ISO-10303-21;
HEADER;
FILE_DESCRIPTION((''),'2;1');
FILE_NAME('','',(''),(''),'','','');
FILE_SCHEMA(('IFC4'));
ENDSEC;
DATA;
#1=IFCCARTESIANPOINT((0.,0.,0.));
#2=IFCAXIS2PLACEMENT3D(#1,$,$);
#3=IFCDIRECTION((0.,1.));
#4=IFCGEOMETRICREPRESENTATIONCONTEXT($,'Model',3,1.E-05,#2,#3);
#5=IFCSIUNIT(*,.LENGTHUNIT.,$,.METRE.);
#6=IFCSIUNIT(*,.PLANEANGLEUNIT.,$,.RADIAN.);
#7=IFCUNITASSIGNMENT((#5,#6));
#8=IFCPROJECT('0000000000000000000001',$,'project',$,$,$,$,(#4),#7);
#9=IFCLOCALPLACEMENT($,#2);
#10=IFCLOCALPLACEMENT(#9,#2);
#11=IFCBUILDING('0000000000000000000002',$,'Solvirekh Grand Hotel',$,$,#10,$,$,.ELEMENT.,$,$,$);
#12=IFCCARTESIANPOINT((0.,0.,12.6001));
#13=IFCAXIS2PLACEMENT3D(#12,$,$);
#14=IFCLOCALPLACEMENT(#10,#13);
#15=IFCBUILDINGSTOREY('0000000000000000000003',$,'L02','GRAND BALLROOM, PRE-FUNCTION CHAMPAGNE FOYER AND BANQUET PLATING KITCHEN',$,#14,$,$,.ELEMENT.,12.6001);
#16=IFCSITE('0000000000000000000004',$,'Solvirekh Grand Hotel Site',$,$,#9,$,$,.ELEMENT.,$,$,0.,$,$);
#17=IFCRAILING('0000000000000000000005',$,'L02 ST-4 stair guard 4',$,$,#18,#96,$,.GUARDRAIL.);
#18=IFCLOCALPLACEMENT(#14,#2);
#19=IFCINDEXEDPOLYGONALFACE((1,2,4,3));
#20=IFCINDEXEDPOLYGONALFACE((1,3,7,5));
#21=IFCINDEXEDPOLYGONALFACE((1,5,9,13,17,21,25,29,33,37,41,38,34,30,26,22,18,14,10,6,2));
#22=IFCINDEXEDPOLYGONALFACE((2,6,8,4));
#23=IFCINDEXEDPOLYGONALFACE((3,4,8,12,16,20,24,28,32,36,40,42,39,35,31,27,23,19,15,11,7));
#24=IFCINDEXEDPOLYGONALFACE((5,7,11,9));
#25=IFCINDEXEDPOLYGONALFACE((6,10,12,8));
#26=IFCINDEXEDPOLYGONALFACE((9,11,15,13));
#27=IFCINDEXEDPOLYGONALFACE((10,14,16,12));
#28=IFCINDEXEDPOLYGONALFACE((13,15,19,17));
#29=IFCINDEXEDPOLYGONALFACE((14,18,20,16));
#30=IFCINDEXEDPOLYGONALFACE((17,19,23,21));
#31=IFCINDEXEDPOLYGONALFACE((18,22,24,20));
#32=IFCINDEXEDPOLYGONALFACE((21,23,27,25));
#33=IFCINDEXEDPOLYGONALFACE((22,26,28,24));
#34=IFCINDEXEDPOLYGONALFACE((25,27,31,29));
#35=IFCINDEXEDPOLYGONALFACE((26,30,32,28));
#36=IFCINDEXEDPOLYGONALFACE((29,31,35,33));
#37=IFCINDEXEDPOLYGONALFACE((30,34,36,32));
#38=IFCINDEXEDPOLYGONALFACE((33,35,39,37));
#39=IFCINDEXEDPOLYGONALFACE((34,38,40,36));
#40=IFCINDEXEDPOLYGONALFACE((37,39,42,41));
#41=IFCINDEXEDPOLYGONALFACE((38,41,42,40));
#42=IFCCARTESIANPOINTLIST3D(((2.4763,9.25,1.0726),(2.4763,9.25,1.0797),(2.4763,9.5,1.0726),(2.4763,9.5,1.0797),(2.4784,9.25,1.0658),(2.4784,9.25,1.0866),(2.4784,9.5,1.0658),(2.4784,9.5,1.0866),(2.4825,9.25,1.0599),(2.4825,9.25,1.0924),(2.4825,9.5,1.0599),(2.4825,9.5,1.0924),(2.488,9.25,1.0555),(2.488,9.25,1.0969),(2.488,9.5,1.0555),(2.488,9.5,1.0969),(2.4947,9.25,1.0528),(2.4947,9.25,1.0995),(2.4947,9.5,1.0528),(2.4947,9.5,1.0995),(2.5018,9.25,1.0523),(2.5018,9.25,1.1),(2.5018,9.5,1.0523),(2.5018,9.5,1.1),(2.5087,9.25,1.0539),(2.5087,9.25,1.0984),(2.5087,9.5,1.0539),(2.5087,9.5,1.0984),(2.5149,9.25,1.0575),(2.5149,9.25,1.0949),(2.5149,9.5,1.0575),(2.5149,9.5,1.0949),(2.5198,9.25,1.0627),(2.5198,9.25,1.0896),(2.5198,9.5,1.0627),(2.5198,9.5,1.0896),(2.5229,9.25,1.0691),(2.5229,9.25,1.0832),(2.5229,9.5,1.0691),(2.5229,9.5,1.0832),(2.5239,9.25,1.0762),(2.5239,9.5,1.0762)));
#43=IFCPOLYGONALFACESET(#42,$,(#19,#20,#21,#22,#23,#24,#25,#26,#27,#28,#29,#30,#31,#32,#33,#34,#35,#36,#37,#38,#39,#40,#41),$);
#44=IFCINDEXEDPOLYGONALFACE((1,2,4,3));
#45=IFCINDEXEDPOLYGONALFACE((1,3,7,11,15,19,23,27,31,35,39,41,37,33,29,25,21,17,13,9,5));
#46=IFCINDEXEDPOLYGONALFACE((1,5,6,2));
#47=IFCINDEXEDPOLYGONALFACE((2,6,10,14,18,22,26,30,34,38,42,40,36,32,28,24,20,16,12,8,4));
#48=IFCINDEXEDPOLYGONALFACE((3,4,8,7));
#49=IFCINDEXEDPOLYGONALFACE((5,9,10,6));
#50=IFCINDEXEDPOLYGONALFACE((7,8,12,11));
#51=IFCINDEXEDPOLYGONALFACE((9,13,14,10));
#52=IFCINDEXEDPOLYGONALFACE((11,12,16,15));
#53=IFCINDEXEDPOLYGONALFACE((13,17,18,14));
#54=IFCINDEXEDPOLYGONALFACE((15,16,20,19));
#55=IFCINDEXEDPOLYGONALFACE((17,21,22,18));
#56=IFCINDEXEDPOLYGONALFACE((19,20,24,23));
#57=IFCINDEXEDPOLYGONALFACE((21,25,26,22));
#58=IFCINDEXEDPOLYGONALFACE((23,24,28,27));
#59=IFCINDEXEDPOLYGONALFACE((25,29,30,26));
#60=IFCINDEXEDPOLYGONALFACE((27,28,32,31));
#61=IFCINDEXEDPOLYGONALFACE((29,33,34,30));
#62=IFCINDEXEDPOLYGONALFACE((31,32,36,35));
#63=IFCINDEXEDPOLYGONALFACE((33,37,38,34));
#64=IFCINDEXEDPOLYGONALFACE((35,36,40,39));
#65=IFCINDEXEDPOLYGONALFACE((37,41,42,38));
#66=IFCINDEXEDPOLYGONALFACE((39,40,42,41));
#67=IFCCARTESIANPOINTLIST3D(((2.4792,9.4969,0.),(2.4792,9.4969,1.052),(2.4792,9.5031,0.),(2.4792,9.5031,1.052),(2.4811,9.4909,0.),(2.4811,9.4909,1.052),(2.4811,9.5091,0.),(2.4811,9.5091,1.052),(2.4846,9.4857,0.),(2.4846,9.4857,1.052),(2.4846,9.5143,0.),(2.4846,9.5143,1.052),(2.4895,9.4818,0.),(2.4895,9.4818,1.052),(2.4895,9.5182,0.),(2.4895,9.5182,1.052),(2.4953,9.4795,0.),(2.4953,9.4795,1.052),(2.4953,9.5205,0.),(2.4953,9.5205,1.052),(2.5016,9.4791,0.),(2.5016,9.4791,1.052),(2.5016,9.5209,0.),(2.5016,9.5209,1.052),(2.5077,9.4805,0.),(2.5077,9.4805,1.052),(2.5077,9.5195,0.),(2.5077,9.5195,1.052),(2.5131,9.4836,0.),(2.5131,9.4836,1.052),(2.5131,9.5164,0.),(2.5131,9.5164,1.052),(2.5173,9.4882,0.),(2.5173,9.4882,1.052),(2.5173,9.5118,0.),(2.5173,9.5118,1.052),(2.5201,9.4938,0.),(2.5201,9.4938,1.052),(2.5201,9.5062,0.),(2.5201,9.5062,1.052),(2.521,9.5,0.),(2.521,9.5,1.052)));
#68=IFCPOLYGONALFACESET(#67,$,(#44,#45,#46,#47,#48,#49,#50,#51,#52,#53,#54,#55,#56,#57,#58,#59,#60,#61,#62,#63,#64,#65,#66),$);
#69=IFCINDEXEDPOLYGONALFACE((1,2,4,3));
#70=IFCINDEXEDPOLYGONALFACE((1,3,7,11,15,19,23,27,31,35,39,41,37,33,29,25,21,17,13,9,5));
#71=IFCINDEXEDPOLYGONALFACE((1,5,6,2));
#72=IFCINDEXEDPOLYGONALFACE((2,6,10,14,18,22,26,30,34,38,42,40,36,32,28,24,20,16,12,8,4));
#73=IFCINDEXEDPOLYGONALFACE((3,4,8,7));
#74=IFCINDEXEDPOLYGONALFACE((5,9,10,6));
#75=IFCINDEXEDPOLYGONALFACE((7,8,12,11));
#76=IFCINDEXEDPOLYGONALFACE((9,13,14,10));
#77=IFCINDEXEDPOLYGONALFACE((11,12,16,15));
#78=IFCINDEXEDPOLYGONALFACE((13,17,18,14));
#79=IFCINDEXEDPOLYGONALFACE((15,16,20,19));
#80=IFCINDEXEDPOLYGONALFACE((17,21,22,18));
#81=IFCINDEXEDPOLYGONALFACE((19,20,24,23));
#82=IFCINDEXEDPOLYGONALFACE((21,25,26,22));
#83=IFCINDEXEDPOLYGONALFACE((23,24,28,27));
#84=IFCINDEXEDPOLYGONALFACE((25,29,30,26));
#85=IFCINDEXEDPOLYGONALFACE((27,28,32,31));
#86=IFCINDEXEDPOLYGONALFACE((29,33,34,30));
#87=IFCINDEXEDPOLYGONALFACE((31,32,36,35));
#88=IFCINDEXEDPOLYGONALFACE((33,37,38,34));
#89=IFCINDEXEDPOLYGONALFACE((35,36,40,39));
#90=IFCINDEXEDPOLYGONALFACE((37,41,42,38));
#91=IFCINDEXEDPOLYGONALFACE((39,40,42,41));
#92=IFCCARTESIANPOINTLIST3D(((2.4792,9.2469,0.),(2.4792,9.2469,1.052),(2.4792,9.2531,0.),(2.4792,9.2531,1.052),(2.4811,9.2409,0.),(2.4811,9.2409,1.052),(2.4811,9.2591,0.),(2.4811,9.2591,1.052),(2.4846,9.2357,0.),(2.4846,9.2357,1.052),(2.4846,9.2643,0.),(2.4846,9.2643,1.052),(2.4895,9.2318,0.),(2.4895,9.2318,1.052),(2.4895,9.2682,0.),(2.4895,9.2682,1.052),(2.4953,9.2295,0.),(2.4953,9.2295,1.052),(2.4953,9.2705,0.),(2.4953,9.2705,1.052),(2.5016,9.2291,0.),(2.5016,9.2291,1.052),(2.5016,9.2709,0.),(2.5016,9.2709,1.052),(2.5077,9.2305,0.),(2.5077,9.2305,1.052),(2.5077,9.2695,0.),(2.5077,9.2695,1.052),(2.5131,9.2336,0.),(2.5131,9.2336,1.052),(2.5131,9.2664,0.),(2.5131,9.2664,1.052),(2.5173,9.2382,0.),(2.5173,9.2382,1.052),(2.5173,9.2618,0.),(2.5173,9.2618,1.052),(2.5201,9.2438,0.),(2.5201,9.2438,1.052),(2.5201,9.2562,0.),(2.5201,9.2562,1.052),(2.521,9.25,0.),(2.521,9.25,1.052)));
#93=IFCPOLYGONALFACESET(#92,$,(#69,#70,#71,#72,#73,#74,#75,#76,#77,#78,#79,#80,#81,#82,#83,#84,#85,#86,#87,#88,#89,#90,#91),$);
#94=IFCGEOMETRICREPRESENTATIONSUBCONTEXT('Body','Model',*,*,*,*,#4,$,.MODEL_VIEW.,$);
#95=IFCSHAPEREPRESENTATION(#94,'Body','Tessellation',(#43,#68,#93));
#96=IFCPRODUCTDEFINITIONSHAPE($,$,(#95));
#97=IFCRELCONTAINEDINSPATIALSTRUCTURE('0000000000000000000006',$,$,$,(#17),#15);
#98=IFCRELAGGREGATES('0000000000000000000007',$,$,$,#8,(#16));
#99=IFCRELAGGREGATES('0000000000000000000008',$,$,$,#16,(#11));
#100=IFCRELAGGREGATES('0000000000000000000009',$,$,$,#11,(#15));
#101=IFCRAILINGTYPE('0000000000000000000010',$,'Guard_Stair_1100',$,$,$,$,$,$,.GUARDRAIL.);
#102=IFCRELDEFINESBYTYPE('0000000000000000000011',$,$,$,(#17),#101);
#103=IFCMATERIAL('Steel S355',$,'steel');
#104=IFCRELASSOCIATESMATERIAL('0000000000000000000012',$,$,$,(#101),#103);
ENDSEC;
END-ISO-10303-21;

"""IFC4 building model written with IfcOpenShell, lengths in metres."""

from ifc_helpers import new_model, si_unit, direction, frame, origin, origin_2d, place, context, subcontext, project, spatial, circle, extrude, material, type_object, element, save


model = new_model("IFC4")

# Units and contexts
model_context = context("Model", 3, precision=1e-05, world=origin(), true_north=direction((0.0, 1.0)))
body_context = subcontext(model_context, "Body", "Model", "MODEL_VIEW")
ifc_project = project(units=[si_unit("LENGTHUNIT", "METRE"), si_unit("PLANEANGLEUNIT", "RADIAN")], contexts=[model_context])

# Site, building, storey
site_placement = place(None, origin())
site = spatial("IfcSite", under=ifc_project, at=site_placement, Name="Solvirekh Grand Hotel Site", CompositionType="ELEMENT", RefElevation=0.0)
building_placement = place(site_placement, origin())
building = spatial("IfcBuilding", under=site, at=building_placement, Name="Solvirekh Grand Hotel", CompositionType="ELEMENT")
storey_placement = place(building_placement, frame((0.0, 0.0, 12.6001)))
storey = spatial("IfcBuildingStorey", under=building, at=storey_placement, Name="L02", Description="GRAND BALLROOM, PRE-FUNCTION CHAMPAGNE FOYER AND BANQUET PLATING KITCHEN", CompositionType="ELEMENT", Elevation=12.6001)

# Shared definitions
ifc_material_1 = material(Name="Steel S355", Category="steel")

# Railing
railing_type_1 = type_object("IfcRailingType", Name="Guard_Stair_1100", PredefinedType="GUARDRAIL", material=ifc_material_1)
railing_1_placement = place(storey_placement, frame((2.5, 9.5, 0.0)))
element("IfcRailing", 1, at=railing_1_placement, inside=storey, type_object=railing_type_1, Name="L02 ST-4 stair guard 4", PredefinedType="GUARDRAIL", context=body_context, shape_type="SweptSolid", body=[
    extrude(circle(Radius=0.0239, at=origin_2d()), frame((0.0, 0.0, 1.0762), z_axis=(0.0, -1.0, 0.0), x_axis=(1.0, 0.0, 0.0)), (0.0, 0.0, 1.0), 0.25),
    extrude(circle(Radius=0.021, at=origin_2d()), origin(), (0.0, 0.0, 1.0), 1.052),
    extrude(circle(Radius=0.021, at=origin_2d()), frame((0.0, -0.25, 0.0)), (0.0, 0.0, 1.0), 1.052),
])

save(model, "model.ifc")
